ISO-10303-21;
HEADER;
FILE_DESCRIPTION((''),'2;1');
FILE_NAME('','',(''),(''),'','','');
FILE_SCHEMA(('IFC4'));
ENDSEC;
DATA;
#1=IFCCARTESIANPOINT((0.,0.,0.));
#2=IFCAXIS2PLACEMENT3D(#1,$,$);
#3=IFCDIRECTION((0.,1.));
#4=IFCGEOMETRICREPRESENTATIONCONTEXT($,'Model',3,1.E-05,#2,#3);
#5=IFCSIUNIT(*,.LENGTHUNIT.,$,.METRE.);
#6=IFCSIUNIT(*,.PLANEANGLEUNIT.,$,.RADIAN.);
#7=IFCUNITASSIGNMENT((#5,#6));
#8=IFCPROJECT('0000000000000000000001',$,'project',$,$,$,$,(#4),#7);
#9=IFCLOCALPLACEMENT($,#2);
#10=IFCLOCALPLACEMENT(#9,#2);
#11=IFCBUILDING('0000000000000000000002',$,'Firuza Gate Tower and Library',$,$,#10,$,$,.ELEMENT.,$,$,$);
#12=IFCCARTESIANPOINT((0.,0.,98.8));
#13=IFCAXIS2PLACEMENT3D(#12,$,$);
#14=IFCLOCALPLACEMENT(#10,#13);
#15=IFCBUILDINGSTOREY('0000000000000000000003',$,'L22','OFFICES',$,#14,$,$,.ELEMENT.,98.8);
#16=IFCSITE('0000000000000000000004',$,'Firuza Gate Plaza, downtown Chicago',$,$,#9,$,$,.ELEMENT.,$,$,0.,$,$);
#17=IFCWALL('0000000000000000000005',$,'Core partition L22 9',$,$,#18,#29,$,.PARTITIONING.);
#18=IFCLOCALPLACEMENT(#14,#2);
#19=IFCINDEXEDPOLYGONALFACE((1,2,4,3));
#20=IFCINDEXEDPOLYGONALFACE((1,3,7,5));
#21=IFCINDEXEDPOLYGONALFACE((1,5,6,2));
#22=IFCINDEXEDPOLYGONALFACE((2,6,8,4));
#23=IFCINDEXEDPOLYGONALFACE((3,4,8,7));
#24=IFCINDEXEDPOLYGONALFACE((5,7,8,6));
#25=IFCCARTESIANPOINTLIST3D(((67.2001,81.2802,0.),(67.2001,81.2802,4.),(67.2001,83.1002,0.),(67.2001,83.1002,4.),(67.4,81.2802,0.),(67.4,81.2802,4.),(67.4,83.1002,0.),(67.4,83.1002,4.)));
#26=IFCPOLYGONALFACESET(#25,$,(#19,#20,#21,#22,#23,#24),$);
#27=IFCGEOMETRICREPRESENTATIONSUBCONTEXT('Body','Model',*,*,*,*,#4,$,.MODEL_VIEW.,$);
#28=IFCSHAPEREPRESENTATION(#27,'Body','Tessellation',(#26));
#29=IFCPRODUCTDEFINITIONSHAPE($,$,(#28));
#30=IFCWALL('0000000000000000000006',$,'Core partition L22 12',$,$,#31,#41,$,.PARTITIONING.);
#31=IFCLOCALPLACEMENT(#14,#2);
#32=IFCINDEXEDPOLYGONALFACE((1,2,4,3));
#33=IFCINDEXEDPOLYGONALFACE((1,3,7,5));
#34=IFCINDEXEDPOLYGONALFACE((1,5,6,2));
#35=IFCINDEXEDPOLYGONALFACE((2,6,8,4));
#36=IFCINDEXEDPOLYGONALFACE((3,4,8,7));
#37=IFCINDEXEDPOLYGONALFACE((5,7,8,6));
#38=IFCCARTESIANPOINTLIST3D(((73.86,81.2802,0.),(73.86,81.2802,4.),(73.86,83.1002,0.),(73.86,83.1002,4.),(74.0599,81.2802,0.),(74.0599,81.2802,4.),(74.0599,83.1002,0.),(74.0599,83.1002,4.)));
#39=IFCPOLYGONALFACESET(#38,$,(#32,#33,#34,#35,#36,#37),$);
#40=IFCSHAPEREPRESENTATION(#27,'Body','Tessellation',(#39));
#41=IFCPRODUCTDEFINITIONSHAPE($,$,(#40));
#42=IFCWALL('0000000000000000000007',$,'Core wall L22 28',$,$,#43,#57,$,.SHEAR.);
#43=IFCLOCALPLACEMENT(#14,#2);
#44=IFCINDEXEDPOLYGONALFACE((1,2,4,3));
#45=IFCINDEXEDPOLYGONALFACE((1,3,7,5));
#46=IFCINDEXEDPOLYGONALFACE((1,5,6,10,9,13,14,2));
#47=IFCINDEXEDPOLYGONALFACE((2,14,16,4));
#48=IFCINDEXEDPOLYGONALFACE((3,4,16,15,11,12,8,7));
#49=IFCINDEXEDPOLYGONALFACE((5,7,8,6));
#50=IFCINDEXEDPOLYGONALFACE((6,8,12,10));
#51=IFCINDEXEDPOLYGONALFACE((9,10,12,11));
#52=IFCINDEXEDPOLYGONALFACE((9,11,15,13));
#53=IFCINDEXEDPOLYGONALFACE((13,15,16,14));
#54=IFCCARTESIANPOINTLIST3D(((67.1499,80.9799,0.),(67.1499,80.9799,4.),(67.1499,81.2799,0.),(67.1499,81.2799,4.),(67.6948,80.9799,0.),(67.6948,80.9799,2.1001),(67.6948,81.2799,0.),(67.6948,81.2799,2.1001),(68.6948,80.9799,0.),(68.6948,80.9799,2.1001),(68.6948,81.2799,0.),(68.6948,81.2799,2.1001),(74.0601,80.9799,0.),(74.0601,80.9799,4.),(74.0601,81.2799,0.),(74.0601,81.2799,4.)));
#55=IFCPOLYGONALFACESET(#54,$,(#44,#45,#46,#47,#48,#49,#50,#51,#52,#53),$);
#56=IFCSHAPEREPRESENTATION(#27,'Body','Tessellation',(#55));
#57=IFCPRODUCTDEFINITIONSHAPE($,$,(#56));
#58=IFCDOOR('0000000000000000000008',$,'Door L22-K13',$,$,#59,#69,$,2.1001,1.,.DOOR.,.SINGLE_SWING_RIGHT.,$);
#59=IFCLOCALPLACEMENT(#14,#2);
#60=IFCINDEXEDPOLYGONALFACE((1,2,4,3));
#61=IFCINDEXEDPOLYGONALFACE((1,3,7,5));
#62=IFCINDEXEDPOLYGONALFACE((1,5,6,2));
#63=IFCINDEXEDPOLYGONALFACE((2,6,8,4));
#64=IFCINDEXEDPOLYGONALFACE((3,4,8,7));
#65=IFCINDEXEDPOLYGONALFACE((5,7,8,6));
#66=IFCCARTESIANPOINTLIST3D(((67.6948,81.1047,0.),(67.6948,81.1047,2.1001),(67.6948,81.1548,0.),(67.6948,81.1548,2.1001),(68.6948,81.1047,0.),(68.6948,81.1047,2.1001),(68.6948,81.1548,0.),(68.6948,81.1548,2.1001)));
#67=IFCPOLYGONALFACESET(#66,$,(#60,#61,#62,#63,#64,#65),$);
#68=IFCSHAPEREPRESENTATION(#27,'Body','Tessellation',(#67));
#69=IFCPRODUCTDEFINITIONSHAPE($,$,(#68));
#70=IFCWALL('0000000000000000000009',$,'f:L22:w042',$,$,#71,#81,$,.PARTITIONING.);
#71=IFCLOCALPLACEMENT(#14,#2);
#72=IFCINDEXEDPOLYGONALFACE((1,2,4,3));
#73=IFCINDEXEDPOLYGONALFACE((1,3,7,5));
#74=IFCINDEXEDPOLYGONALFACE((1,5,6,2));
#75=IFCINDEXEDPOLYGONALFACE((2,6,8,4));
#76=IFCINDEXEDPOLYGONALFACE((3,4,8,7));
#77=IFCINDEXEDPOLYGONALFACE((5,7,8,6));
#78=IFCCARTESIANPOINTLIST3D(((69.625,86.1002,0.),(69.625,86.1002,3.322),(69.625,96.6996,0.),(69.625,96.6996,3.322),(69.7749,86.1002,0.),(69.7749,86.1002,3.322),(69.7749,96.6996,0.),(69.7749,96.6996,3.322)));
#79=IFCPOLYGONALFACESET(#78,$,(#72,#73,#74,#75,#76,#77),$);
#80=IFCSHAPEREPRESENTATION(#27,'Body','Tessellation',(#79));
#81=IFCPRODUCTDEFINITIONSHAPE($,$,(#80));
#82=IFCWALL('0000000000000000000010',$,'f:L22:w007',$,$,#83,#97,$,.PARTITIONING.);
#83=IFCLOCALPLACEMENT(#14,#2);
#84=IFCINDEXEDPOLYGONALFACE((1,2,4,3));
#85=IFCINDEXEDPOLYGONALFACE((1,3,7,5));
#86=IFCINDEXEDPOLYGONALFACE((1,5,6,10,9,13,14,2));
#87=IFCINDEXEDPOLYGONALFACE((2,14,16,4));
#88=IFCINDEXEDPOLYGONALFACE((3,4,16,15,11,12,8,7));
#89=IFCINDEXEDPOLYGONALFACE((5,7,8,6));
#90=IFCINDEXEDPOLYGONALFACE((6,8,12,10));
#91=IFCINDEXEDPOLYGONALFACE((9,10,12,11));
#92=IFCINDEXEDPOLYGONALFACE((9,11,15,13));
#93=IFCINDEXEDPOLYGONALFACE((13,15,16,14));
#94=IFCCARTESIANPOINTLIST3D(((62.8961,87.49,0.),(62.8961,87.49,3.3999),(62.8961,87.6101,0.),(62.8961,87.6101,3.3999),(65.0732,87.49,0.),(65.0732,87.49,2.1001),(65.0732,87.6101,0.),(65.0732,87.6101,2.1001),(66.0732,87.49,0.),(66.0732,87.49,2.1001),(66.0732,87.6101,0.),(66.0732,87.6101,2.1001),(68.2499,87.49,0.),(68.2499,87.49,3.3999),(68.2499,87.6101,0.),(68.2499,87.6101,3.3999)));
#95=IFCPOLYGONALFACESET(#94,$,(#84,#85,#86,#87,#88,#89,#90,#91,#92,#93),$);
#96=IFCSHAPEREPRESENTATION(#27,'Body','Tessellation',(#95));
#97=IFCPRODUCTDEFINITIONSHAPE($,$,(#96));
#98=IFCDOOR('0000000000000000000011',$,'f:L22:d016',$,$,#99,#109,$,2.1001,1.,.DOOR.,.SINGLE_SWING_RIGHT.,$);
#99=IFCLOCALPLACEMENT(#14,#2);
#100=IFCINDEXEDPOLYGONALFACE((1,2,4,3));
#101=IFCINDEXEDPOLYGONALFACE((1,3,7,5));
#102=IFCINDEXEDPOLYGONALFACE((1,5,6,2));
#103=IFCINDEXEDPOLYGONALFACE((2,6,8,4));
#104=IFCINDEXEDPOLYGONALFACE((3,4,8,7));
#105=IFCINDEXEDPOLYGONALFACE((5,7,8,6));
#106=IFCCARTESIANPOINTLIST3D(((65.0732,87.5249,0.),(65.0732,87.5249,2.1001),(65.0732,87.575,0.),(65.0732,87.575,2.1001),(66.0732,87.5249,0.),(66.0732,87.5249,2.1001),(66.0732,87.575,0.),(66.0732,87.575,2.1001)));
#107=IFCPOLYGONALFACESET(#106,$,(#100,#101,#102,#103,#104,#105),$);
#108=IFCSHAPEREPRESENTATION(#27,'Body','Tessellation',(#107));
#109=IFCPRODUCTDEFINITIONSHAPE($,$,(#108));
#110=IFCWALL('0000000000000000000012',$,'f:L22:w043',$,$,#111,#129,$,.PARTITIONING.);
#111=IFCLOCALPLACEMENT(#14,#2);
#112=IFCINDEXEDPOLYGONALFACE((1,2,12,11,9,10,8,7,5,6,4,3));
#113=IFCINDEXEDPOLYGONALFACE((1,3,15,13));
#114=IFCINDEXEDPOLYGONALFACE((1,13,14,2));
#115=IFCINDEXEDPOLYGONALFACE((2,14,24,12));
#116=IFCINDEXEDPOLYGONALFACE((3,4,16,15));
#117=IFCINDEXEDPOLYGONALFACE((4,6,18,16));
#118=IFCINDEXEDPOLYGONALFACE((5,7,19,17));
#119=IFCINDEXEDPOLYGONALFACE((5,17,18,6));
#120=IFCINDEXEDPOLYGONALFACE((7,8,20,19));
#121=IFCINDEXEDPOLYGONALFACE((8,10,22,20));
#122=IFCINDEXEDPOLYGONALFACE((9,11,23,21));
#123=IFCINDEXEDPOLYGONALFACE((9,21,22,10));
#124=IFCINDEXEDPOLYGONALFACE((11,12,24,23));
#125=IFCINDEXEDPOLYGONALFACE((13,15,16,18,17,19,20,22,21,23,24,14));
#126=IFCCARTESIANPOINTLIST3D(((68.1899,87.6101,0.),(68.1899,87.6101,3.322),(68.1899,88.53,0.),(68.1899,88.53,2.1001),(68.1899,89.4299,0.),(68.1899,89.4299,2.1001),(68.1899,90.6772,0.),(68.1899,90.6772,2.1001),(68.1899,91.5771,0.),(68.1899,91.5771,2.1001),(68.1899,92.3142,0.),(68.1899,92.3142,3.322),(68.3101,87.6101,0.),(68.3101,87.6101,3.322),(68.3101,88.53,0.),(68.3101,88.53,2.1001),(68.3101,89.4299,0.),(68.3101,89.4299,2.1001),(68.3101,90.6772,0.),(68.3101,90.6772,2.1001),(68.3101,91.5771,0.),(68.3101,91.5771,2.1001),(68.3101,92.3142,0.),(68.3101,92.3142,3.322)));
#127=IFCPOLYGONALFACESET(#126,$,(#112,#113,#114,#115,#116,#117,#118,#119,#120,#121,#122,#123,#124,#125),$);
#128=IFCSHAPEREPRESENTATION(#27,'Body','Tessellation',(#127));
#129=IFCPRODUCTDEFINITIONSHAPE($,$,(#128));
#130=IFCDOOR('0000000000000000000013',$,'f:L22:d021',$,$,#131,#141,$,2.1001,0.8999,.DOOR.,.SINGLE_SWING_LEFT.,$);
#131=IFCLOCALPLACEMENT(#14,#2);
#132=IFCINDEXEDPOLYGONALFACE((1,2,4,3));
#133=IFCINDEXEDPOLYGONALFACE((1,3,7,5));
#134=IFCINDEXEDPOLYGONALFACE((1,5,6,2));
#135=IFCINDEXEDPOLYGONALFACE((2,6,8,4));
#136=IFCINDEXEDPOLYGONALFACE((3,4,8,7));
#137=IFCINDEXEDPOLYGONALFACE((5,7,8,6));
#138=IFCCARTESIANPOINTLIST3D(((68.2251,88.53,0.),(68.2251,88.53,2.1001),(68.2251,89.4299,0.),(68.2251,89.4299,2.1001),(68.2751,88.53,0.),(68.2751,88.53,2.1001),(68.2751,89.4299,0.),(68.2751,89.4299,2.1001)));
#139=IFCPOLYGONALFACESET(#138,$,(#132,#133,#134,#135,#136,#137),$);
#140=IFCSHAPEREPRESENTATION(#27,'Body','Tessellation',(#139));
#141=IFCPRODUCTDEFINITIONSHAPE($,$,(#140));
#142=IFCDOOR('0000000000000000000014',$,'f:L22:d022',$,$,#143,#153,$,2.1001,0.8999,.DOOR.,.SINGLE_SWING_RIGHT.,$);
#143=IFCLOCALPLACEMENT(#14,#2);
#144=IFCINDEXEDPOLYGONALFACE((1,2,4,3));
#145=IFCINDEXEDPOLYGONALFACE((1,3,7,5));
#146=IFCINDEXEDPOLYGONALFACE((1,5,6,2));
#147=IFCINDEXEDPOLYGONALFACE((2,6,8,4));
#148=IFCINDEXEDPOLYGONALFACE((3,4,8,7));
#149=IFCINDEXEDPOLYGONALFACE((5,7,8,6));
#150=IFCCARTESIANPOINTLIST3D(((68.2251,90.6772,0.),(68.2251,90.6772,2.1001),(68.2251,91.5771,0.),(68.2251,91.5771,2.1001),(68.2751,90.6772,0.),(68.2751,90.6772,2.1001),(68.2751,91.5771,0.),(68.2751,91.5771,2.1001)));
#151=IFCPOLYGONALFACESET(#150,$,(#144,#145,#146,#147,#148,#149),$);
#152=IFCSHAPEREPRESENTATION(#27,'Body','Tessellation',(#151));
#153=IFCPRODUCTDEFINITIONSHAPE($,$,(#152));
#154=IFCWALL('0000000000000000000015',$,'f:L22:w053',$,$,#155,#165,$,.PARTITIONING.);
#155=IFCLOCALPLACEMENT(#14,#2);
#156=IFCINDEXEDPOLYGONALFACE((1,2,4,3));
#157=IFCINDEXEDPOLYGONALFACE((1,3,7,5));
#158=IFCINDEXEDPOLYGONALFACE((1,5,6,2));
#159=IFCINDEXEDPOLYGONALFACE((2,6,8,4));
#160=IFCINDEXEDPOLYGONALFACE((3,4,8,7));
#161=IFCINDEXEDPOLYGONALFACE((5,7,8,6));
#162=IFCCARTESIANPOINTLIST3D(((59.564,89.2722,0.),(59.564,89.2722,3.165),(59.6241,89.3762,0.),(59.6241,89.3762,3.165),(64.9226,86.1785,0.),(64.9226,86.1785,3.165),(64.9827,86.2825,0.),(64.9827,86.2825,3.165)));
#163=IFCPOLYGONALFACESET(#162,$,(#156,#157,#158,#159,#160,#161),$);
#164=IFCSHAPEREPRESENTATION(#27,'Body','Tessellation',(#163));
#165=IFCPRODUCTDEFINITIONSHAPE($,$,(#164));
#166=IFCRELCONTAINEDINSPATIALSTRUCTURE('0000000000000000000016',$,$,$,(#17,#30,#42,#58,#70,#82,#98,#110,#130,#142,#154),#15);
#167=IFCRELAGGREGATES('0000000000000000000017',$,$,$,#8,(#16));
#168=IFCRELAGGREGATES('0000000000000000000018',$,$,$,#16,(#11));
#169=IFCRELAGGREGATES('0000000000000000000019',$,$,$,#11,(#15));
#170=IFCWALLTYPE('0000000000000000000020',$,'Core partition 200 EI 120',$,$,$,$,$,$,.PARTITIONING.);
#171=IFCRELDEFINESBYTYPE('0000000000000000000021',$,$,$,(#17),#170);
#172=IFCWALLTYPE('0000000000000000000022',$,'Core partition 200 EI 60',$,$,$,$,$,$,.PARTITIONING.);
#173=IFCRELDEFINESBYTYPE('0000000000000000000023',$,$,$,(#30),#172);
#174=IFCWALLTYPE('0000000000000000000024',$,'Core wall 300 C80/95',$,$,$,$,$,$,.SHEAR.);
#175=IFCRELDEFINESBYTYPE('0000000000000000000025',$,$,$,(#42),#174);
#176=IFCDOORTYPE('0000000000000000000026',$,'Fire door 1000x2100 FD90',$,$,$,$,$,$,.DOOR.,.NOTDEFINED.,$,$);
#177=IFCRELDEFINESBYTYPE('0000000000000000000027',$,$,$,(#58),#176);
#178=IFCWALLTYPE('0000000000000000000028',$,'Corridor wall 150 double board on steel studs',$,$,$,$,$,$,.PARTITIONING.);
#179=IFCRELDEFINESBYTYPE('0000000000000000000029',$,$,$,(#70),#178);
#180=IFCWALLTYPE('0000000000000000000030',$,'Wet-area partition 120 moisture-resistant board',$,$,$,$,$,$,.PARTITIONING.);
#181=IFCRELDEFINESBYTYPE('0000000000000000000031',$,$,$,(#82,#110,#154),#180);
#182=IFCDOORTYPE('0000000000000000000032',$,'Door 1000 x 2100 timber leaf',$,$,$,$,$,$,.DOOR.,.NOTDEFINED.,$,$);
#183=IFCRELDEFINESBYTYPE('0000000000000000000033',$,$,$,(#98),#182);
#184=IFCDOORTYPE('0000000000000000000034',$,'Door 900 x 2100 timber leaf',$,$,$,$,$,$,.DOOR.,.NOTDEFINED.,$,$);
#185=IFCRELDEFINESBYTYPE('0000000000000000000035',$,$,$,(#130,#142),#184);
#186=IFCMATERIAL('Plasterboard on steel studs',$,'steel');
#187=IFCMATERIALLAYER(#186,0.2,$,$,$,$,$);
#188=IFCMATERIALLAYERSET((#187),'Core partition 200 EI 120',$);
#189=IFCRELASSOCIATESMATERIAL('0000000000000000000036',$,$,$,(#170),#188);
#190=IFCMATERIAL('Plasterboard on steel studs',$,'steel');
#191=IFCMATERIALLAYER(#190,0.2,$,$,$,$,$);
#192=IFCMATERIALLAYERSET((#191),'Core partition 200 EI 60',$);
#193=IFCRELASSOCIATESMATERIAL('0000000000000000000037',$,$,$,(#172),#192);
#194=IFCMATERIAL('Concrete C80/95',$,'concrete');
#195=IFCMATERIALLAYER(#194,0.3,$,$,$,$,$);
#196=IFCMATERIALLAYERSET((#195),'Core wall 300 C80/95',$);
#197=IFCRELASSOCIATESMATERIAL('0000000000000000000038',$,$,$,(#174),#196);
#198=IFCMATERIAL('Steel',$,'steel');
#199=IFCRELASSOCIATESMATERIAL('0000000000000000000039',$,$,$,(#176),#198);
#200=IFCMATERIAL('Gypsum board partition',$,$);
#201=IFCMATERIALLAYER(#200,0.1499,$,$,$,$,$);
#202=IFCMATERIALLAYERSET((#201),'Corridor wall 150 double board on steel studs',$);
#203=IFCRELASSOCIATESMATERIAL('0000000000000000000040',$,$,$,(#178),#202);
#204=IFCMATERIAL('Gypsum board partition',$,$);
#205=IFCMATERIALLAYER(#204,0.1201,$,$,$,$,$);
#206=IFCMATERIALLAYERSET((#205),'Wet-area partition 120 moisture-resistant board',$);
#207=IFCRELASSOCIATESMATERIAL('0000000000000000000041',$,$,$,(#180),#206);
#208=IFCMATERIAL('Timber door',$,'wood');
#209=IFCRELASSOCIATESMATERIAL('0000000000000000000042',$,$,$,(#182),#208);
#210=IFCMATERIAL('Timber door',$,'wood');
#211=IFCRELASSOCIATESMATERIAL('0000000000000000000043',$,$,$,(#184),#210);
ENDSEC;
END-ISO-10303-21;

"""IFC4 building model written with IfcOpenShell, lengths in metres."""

from ifc_helpers import new_model, si_unit, direction, frame, frame_2d, origin, place, context, subcontext, project, spatial, rectangle, extrude, material, layer, layer_set, type_object, element, fill, save


model = new_model("IFC4")

# Units and contexts
model_context = context("Model", 3, precision=1e-05, world=origin(), true_north=direction((0.0, 1.0)))
body_context = subcontext(model_context, "Body", "Model", "MODEL_VIEW")
ifc_project = project(units=[si_unit("LENGTHUNIT", "METRE"), si_unit("PLANEANGLEUNIT", "RADIAN")], contexts=[model_context])

# Site, building, storey
site_placement = place(None, origin())
site = spatial("IfcSite", under=ifc_project, at=site_placement, Name="Firuza Gate Plaza, downtown Chicago", CompositionType="ELEMENT", RefElevation=0.0)
building_placement = place(site_placement, origin())
building = spatial("IfcBuilding", under=site, at=building_placement, Name="Firuza Gate Tower and Library", CompositionType="ELEMENT")
storey_placement = place(building_placement, frame((0.0, 0.0, 98.8)))
storey = spatial("IfcBuildingStorey", under=building, at=storey_placement, Name="L22", Description="OFFICES", CompositionType="ELEMENT", Elevation=98.8)

# Walls
ifc_material_1 = material(Name="Plasterboard on steel studs", Category="steel")
ifc_layer_1 = layer(ifc_material_1, 0.2)
ifc_layer_set_1 = layer_set([ifc_layer_1], Name="Core partition 200 EI 120")
wall_type_1 = type_object("IfcWallType", Name="Core partition 200 EI 120", PredefinedType="PARTITIONING", material=ifc_layer_set_1)
wall_1_placement = place(storey_placement, frame((67.3, 81.28, 0.0), z_axis=(0.0, 0.0, 1.0), x_axis=(0.0, 1.0, 0.0)))
element("IfcWall", 1, at=wall_1_placement, inside=storey, type_object=wall_type_1, Name="Core partition L22 9", PredefinedType="PARTITIONING", context=body_context, shape_type="SweptSolid", body=[
    extrude(rectangle(XDim=1.8201, YDim=0.2, at=frame_2d((0.9102, 0.0))), origin(), (0.0, 0.0, 1.0), 4.0),
])
ifc_material_2 = material(Name="Plasterboard on steel studs", Category="steel")
ifc_layer_2 = layer(ifc_material_2, 0.2)
ifc_layer_set_2 = layer_set([ifc_layer_2], Name="Core partition 200 EI 60")
wall_type_2 = type_object("IfcWallType", Name="Core partition 200 EI 60", PredefinedType="PARTITIONING", material=ifc_layer_set_2)
wall_2_placement = place(storey_placement, frame((73.96, 81.28, 0.0), z_axis=(0.0, 0.0, 1.0), x_axis=(0.0, 1.0, 0.0)))
element("IfcWall", 2, at=wall_2_placement, inside=storey, type_object=wall_type_2, Name="Core partition L22 12", PredefinedType="PARTITIONING", context=body_context, shape_type="SweptSolid", body=[
    extrude(rectangle(XDim=1.8201, YDim=0.2, at=frame_2d((0.9102, 0.0))), origin(), (0.0, 0.0, 1.0), 4.0),
])

# Wall, opening, door
ifc_material_3 = material(Name="Concrete C80/95", Category="concrete")
ifc_layer_3 = layer(ifc_material_3, 0.3)
ifc_layer_set_3 = layer_set([ifc_layer_3], Name="Core wall 300 C80/95")
wall_type_3 = type_object("IfcWallType", Name="Core wall 300 C80/95", PredefinedType="SHEAR", material=ifc_layer_set_3)
wall_3_placement = place(storey_placement, frame((67.1499, 81.1299, 0.0), z_axis=(0.0, 0.0, 1.0), x_axis=(1.0, 0.0, 0.0)))
wall_3 = element("IfcWall", 3, at=wall_3_placement, inside=storey, type_object=wall_type_3, Name="Core wall L22 28", PredefinedType="SHEAR", context=body_context, shape_type="SweptSolid", body=[
    extrude(rectangle(XDim=6.9102, YDim=0.3, at=frame_2d((3.4551, 0.0))), origin(), (0.0, 0.0, 1.0), 4.0),
])
opening_1_placement = place(wall_3_placement, frame((0.5449, 0.0, 0.0)))
opening_1 = element("IfcOpeningElement", 4, at=opening_1_placement, cuts=wall_3, PredefinedType="OPENING", context=body_context, shape_type="SweptSolid", body=[
    extrude(rectangle(XDim=1.0, YDim=2.1001, at=frame_2d((0.5, 1.05))), frame((0.0, 0.1602, 0.0), z_axis=(0.0, -1.0, 0.0), x_axis=(1.0, 0.0, 0.0)), (0.0, 0.0, 1.0), 0.3201),
])
ifc_material_4 = material(Name="Steel", Category="steel")
door_type_1 = type_object("IfcDoorType", Name="Fire door 1000x2100 FD90", OperationType="NOTDEFINED", PredefinedType="DOOR", material=ifc_material_4)
door_1_placement = place(opening_1_placement, origin())
door_1 = element("IfcDoor", 5, at=door_1_placement, inside=storey, type_object=door_type_1, Name="Door L22-K13", OperationType="SINGLE_SWING_RIGHT", OverallHeight=2.1001, OverallWidth=1.0, PredefinedType="DOOR", context=body_context, shape_type="SweptSolid", body=[
    extrude(rectangle(XDim=1.0, YDim=2.1001, at=frame_2d((0.5, 1.05))), frame((0.0, 0.0249, 0.0), z_axis=(0.0, -1.0, 0.0), x_axis=(1.0, 0.0, 0.0)), (0.0, 0.0, 1.0), 0.05),
])
fill(opening_1, door_1)

# Wall
ifc_material_5 = material(Name="Gypsum board partition")
ifc_layer_4 = layer(ifc_material_5, 0.1499)
ifc_layer_set_4 = layer_set([ifc_layer_4], Name="Corridor wall 150 double board on steel studs")
wall_type_4 = type_object("IfcWallType", Name="Corridor wall 150 double board on steel studs", PredefinedType="PARTITIONING", material=ifc_layer_set_4)
wall_4_placement = place(storey_placement, frame((69.7, 86.1001, 0.0), z_axis=(0.0, 0.0, 1.0), x_axis=(0.0, 1.0, 0.0)))
element("IfcWall", 6, at=wall_4_placement, inside=storey, type_object=wall_type_4, Name="f:L22:w042", PredefinedType="PARTITIONING", context=body_context, shape_type="SweptSolid", body=[
    extrude(rectangle(XDim=10.5994, YDim=0.1499, at=frame_2d((5.2998, 0.0))), origin(), (0.0, 0.0, 1.0), 3.322),
])

# Wall, opening, door
ifc_material_6 = material(Name="Gypsum board partition")
ifc_layer_5 = layer(ifc_material_6, 0.1201)
ifc_layer_set_5 = layer_set([ifc_layer_5], Name="Wet-area partition 120 moisture-resistant board")
wall_type_5 = type_object("IfcWallType", Name="Wet-area partition 120 moisture-resistant board", PredefinedType="PARTITIONING", material=ifc_layer_set_5)
wall_5_placement = place(storey_placement, frame((62.8962, 87.55, 0.0), z_axis=(0.0, 0.0, 1.0), x_axis=(1.0, 0.0, 0.0)))
wall_5 = element("IfcWall", 7, at=wall_5_placement, inside=storey, type_object=wall_type_5, Name="f:L22:w007", PredefinedType="PARTITIONING", context=body_context, shape_type="SweptSolid", body=[
    extrude(rectangle(XDim=5.3538, YDim=0.1201, at=frame_2d((2.6768, 0.0))), origin(), (0.0, 0.0, 1.0), 3.3999),
])
opening_2_placement = place(wall_5_placement, frame((2.177, 0.0, 0.0)))
opening_2 = element("IfcOpeningElement", 8, at=opening_2_placement, cuts=wall_5, PredefinedType="OPENING", context=body_context, shape_type="SweptSolid", body=[
    extrude(rectangle(XDim=1.0, YDim=2.1001, at=frame_2d((0.5, 1.05))), frame((0.0, 0.0701, 0.0), z_axis=(0.0, -1.0, 0.0), x_axis=(1.0, 0.0, 0.0)), (0.0, 0.0, 1.0), 0.1401),
])
ifc_material_7 = material(Name="Timber door", Category="wood")
door_type_2 = type_object("IfcDoorType", Name="Door 1000 x 2100 timber leaf", OperationType="NOTDEFINED", PredefinedType="DOOR", material=ifc_material_7)
door_2_placement = place(opening_2_placement, origin())
door_2 = element("IfcDoor", 9, at=door_2_placement, inside=storey, type_object=door_type_2, Name="f:L22:d016", OperationType="SINGLE_SWING_RIGHT", OverallHeight=2.1001, OverallWidth=1.0, PredefinedType="DOOR", context=body_context, shape_type="SweptSolid", body=[
    extrude(rectangle(XDim=1.0, YDim=2.1001, at=frame_2d((0.5, 1.05))), frame((0.0, 0.0249, 0.0), z_axis=(0.0, -1.0, 0.0), x_axis=(1.0, 0.0, 0.0)), (0.0, 0.0, 1.0), 0.05),
])
fill(opening_2, door_2)

# Wall, openings, doors
wall_6_placement = place(storey_placement, frame((68.25, 87.6101, 0.0), z_axis=(0.0, 0.0, 1.0), x_axis=(0.0, 1.0, 0.0)))
wall_6 = element("IfcWall", 10, at=wall_6_placement, inside=storey, type_object=wall_type_5, Name="f:L22:w043", PredefinedType="PARTITIONING", context=body_context, shape_type="SweptSolid", body=[
    extrude(rectangle(XDim=4.7041, YDim=0.1201, at=frame_2d((2.3521, 0.0))), origin(), (0.0, 0.0, 1.0), 3.322),
])
opening_3_placement = place(wall_6_placement, frame((0.9199, 0.0, 0.0)))
opening_3 = element("IfcOpeningElement", 11, at=opening_3_placement, cuts=wall_6, PredefinedType="OPENING", context=body_context, shape_type="SweptSolid", body=[
    extrude(rectangle(XDim=0.8999, YDim=2.1001, at=frame_2d((0.45, 1.05))), frame((0.0, 0.0701, 0.0), z_axis=(0.0, -1.0, 0.0), x_axis=(1.0, 0.0, 0.0)), (0.0, 0.0, 1.0), 0.1401),
])
opening_4_placement = place(wall_6_placement, frame((3.0671, 0.0, 0.0)))
opening_4 = element("IfcOpeningElement", 12, at=opening_4_placement, cuts=wall_6, PredefinedType="OPENING", context=body_context, shape_type="SweptSolid", body=[
    extrude(rectangle(XDim=0.8999, YDim=2.1001, at=frame_2d((0.45, 1.05))), frame((0.0, 0.0701, 0.0), z_axis=(0.0, -1.0, 0.0), x_axis=(1.0, 0.0, 0.0)), (0.0, 0.0, 1.0), 0.1401),
])
ifc_material_8 = material(Name="Timber door", Category="wood")
door_type_3 = type_object("IfcDoorType", Name="Door 900 x 2100 timber leaf", OperationType="NOTDEFINED", PredefinedType="DOOR", material=ifc_material_8)
door_3_placement = place(opening_3_placement, origin())
door_3 = element("IfcDoor", 13, at=door_3_placement, inside=storey, type_object=door_type_3, Name="f:L22:d021", OperationType="SINGLE_SWING_LEFT", OverallHeight=2.1001, OverallWidth=0.8999, PredefinedType="DOOR", context=body_context, shape_type="SweptSolid", body=[
    extrude(rectangle(XDim=0.8999, YDim=2.1001, at=frame_2d((0.45, 1.05))), frame((0.0, 0.0249, 0.0), z_axis=(0.0, -1.0, 0.0), x_axis=(1.0, 0.0, 0.0)), (0.0, 0.0, 1.0), 0.05),
])
fill(opening_3, door_3)
door_4_placement = place(opening_4_placement, origin())
door_4 = element("IfcDoor", 14, at=door_4_placement, inside=storey, type_object=door_type_3, Name="f:L22:d022", OperationType="SINGLE_SWING_RIGHT", OverallHeight=2.1001, OverallWidth=0.8999, PredefinedType="DOOR", context=body_context, shape_type="SweptSolid", body=[
    extrude(rectangle(XDim=0.8999, YDim=2.1001, at=frame_2d((0.45, 1.05))), frame((0.0, 0.0249, 0.0), z_axis=(0.0, -1.0, 0.0), x_axis=(1.0, 0.0, 0.0)), (0.0, 0.0, 1.0), 0.05),
])
fill(opening_4, door_4)

# Wall
wall_7_placement = place(storey_placement, frame((64.9526, 86.2305, 0.0), z_axis=(0.0, 0.0, 1.0), x_axis=(-0.86603, 0.499992, 0.0)))
element("IfcWall", 15, at=wall_7_placement, inside=storey, type_object=wall_type_5, Name="f:L22:w053", PredefinedType="PARTITIONING", context=body_context, shape_type="SweptSolid", body=[
    extrude(rectangle(XDim=6.1875, YDim=0.1201, at=frame_2d((3.0938, 0.0))), origin(), (0.0, 0.0, 1.0), 3.165),
])

save(model, "model.ifc")
